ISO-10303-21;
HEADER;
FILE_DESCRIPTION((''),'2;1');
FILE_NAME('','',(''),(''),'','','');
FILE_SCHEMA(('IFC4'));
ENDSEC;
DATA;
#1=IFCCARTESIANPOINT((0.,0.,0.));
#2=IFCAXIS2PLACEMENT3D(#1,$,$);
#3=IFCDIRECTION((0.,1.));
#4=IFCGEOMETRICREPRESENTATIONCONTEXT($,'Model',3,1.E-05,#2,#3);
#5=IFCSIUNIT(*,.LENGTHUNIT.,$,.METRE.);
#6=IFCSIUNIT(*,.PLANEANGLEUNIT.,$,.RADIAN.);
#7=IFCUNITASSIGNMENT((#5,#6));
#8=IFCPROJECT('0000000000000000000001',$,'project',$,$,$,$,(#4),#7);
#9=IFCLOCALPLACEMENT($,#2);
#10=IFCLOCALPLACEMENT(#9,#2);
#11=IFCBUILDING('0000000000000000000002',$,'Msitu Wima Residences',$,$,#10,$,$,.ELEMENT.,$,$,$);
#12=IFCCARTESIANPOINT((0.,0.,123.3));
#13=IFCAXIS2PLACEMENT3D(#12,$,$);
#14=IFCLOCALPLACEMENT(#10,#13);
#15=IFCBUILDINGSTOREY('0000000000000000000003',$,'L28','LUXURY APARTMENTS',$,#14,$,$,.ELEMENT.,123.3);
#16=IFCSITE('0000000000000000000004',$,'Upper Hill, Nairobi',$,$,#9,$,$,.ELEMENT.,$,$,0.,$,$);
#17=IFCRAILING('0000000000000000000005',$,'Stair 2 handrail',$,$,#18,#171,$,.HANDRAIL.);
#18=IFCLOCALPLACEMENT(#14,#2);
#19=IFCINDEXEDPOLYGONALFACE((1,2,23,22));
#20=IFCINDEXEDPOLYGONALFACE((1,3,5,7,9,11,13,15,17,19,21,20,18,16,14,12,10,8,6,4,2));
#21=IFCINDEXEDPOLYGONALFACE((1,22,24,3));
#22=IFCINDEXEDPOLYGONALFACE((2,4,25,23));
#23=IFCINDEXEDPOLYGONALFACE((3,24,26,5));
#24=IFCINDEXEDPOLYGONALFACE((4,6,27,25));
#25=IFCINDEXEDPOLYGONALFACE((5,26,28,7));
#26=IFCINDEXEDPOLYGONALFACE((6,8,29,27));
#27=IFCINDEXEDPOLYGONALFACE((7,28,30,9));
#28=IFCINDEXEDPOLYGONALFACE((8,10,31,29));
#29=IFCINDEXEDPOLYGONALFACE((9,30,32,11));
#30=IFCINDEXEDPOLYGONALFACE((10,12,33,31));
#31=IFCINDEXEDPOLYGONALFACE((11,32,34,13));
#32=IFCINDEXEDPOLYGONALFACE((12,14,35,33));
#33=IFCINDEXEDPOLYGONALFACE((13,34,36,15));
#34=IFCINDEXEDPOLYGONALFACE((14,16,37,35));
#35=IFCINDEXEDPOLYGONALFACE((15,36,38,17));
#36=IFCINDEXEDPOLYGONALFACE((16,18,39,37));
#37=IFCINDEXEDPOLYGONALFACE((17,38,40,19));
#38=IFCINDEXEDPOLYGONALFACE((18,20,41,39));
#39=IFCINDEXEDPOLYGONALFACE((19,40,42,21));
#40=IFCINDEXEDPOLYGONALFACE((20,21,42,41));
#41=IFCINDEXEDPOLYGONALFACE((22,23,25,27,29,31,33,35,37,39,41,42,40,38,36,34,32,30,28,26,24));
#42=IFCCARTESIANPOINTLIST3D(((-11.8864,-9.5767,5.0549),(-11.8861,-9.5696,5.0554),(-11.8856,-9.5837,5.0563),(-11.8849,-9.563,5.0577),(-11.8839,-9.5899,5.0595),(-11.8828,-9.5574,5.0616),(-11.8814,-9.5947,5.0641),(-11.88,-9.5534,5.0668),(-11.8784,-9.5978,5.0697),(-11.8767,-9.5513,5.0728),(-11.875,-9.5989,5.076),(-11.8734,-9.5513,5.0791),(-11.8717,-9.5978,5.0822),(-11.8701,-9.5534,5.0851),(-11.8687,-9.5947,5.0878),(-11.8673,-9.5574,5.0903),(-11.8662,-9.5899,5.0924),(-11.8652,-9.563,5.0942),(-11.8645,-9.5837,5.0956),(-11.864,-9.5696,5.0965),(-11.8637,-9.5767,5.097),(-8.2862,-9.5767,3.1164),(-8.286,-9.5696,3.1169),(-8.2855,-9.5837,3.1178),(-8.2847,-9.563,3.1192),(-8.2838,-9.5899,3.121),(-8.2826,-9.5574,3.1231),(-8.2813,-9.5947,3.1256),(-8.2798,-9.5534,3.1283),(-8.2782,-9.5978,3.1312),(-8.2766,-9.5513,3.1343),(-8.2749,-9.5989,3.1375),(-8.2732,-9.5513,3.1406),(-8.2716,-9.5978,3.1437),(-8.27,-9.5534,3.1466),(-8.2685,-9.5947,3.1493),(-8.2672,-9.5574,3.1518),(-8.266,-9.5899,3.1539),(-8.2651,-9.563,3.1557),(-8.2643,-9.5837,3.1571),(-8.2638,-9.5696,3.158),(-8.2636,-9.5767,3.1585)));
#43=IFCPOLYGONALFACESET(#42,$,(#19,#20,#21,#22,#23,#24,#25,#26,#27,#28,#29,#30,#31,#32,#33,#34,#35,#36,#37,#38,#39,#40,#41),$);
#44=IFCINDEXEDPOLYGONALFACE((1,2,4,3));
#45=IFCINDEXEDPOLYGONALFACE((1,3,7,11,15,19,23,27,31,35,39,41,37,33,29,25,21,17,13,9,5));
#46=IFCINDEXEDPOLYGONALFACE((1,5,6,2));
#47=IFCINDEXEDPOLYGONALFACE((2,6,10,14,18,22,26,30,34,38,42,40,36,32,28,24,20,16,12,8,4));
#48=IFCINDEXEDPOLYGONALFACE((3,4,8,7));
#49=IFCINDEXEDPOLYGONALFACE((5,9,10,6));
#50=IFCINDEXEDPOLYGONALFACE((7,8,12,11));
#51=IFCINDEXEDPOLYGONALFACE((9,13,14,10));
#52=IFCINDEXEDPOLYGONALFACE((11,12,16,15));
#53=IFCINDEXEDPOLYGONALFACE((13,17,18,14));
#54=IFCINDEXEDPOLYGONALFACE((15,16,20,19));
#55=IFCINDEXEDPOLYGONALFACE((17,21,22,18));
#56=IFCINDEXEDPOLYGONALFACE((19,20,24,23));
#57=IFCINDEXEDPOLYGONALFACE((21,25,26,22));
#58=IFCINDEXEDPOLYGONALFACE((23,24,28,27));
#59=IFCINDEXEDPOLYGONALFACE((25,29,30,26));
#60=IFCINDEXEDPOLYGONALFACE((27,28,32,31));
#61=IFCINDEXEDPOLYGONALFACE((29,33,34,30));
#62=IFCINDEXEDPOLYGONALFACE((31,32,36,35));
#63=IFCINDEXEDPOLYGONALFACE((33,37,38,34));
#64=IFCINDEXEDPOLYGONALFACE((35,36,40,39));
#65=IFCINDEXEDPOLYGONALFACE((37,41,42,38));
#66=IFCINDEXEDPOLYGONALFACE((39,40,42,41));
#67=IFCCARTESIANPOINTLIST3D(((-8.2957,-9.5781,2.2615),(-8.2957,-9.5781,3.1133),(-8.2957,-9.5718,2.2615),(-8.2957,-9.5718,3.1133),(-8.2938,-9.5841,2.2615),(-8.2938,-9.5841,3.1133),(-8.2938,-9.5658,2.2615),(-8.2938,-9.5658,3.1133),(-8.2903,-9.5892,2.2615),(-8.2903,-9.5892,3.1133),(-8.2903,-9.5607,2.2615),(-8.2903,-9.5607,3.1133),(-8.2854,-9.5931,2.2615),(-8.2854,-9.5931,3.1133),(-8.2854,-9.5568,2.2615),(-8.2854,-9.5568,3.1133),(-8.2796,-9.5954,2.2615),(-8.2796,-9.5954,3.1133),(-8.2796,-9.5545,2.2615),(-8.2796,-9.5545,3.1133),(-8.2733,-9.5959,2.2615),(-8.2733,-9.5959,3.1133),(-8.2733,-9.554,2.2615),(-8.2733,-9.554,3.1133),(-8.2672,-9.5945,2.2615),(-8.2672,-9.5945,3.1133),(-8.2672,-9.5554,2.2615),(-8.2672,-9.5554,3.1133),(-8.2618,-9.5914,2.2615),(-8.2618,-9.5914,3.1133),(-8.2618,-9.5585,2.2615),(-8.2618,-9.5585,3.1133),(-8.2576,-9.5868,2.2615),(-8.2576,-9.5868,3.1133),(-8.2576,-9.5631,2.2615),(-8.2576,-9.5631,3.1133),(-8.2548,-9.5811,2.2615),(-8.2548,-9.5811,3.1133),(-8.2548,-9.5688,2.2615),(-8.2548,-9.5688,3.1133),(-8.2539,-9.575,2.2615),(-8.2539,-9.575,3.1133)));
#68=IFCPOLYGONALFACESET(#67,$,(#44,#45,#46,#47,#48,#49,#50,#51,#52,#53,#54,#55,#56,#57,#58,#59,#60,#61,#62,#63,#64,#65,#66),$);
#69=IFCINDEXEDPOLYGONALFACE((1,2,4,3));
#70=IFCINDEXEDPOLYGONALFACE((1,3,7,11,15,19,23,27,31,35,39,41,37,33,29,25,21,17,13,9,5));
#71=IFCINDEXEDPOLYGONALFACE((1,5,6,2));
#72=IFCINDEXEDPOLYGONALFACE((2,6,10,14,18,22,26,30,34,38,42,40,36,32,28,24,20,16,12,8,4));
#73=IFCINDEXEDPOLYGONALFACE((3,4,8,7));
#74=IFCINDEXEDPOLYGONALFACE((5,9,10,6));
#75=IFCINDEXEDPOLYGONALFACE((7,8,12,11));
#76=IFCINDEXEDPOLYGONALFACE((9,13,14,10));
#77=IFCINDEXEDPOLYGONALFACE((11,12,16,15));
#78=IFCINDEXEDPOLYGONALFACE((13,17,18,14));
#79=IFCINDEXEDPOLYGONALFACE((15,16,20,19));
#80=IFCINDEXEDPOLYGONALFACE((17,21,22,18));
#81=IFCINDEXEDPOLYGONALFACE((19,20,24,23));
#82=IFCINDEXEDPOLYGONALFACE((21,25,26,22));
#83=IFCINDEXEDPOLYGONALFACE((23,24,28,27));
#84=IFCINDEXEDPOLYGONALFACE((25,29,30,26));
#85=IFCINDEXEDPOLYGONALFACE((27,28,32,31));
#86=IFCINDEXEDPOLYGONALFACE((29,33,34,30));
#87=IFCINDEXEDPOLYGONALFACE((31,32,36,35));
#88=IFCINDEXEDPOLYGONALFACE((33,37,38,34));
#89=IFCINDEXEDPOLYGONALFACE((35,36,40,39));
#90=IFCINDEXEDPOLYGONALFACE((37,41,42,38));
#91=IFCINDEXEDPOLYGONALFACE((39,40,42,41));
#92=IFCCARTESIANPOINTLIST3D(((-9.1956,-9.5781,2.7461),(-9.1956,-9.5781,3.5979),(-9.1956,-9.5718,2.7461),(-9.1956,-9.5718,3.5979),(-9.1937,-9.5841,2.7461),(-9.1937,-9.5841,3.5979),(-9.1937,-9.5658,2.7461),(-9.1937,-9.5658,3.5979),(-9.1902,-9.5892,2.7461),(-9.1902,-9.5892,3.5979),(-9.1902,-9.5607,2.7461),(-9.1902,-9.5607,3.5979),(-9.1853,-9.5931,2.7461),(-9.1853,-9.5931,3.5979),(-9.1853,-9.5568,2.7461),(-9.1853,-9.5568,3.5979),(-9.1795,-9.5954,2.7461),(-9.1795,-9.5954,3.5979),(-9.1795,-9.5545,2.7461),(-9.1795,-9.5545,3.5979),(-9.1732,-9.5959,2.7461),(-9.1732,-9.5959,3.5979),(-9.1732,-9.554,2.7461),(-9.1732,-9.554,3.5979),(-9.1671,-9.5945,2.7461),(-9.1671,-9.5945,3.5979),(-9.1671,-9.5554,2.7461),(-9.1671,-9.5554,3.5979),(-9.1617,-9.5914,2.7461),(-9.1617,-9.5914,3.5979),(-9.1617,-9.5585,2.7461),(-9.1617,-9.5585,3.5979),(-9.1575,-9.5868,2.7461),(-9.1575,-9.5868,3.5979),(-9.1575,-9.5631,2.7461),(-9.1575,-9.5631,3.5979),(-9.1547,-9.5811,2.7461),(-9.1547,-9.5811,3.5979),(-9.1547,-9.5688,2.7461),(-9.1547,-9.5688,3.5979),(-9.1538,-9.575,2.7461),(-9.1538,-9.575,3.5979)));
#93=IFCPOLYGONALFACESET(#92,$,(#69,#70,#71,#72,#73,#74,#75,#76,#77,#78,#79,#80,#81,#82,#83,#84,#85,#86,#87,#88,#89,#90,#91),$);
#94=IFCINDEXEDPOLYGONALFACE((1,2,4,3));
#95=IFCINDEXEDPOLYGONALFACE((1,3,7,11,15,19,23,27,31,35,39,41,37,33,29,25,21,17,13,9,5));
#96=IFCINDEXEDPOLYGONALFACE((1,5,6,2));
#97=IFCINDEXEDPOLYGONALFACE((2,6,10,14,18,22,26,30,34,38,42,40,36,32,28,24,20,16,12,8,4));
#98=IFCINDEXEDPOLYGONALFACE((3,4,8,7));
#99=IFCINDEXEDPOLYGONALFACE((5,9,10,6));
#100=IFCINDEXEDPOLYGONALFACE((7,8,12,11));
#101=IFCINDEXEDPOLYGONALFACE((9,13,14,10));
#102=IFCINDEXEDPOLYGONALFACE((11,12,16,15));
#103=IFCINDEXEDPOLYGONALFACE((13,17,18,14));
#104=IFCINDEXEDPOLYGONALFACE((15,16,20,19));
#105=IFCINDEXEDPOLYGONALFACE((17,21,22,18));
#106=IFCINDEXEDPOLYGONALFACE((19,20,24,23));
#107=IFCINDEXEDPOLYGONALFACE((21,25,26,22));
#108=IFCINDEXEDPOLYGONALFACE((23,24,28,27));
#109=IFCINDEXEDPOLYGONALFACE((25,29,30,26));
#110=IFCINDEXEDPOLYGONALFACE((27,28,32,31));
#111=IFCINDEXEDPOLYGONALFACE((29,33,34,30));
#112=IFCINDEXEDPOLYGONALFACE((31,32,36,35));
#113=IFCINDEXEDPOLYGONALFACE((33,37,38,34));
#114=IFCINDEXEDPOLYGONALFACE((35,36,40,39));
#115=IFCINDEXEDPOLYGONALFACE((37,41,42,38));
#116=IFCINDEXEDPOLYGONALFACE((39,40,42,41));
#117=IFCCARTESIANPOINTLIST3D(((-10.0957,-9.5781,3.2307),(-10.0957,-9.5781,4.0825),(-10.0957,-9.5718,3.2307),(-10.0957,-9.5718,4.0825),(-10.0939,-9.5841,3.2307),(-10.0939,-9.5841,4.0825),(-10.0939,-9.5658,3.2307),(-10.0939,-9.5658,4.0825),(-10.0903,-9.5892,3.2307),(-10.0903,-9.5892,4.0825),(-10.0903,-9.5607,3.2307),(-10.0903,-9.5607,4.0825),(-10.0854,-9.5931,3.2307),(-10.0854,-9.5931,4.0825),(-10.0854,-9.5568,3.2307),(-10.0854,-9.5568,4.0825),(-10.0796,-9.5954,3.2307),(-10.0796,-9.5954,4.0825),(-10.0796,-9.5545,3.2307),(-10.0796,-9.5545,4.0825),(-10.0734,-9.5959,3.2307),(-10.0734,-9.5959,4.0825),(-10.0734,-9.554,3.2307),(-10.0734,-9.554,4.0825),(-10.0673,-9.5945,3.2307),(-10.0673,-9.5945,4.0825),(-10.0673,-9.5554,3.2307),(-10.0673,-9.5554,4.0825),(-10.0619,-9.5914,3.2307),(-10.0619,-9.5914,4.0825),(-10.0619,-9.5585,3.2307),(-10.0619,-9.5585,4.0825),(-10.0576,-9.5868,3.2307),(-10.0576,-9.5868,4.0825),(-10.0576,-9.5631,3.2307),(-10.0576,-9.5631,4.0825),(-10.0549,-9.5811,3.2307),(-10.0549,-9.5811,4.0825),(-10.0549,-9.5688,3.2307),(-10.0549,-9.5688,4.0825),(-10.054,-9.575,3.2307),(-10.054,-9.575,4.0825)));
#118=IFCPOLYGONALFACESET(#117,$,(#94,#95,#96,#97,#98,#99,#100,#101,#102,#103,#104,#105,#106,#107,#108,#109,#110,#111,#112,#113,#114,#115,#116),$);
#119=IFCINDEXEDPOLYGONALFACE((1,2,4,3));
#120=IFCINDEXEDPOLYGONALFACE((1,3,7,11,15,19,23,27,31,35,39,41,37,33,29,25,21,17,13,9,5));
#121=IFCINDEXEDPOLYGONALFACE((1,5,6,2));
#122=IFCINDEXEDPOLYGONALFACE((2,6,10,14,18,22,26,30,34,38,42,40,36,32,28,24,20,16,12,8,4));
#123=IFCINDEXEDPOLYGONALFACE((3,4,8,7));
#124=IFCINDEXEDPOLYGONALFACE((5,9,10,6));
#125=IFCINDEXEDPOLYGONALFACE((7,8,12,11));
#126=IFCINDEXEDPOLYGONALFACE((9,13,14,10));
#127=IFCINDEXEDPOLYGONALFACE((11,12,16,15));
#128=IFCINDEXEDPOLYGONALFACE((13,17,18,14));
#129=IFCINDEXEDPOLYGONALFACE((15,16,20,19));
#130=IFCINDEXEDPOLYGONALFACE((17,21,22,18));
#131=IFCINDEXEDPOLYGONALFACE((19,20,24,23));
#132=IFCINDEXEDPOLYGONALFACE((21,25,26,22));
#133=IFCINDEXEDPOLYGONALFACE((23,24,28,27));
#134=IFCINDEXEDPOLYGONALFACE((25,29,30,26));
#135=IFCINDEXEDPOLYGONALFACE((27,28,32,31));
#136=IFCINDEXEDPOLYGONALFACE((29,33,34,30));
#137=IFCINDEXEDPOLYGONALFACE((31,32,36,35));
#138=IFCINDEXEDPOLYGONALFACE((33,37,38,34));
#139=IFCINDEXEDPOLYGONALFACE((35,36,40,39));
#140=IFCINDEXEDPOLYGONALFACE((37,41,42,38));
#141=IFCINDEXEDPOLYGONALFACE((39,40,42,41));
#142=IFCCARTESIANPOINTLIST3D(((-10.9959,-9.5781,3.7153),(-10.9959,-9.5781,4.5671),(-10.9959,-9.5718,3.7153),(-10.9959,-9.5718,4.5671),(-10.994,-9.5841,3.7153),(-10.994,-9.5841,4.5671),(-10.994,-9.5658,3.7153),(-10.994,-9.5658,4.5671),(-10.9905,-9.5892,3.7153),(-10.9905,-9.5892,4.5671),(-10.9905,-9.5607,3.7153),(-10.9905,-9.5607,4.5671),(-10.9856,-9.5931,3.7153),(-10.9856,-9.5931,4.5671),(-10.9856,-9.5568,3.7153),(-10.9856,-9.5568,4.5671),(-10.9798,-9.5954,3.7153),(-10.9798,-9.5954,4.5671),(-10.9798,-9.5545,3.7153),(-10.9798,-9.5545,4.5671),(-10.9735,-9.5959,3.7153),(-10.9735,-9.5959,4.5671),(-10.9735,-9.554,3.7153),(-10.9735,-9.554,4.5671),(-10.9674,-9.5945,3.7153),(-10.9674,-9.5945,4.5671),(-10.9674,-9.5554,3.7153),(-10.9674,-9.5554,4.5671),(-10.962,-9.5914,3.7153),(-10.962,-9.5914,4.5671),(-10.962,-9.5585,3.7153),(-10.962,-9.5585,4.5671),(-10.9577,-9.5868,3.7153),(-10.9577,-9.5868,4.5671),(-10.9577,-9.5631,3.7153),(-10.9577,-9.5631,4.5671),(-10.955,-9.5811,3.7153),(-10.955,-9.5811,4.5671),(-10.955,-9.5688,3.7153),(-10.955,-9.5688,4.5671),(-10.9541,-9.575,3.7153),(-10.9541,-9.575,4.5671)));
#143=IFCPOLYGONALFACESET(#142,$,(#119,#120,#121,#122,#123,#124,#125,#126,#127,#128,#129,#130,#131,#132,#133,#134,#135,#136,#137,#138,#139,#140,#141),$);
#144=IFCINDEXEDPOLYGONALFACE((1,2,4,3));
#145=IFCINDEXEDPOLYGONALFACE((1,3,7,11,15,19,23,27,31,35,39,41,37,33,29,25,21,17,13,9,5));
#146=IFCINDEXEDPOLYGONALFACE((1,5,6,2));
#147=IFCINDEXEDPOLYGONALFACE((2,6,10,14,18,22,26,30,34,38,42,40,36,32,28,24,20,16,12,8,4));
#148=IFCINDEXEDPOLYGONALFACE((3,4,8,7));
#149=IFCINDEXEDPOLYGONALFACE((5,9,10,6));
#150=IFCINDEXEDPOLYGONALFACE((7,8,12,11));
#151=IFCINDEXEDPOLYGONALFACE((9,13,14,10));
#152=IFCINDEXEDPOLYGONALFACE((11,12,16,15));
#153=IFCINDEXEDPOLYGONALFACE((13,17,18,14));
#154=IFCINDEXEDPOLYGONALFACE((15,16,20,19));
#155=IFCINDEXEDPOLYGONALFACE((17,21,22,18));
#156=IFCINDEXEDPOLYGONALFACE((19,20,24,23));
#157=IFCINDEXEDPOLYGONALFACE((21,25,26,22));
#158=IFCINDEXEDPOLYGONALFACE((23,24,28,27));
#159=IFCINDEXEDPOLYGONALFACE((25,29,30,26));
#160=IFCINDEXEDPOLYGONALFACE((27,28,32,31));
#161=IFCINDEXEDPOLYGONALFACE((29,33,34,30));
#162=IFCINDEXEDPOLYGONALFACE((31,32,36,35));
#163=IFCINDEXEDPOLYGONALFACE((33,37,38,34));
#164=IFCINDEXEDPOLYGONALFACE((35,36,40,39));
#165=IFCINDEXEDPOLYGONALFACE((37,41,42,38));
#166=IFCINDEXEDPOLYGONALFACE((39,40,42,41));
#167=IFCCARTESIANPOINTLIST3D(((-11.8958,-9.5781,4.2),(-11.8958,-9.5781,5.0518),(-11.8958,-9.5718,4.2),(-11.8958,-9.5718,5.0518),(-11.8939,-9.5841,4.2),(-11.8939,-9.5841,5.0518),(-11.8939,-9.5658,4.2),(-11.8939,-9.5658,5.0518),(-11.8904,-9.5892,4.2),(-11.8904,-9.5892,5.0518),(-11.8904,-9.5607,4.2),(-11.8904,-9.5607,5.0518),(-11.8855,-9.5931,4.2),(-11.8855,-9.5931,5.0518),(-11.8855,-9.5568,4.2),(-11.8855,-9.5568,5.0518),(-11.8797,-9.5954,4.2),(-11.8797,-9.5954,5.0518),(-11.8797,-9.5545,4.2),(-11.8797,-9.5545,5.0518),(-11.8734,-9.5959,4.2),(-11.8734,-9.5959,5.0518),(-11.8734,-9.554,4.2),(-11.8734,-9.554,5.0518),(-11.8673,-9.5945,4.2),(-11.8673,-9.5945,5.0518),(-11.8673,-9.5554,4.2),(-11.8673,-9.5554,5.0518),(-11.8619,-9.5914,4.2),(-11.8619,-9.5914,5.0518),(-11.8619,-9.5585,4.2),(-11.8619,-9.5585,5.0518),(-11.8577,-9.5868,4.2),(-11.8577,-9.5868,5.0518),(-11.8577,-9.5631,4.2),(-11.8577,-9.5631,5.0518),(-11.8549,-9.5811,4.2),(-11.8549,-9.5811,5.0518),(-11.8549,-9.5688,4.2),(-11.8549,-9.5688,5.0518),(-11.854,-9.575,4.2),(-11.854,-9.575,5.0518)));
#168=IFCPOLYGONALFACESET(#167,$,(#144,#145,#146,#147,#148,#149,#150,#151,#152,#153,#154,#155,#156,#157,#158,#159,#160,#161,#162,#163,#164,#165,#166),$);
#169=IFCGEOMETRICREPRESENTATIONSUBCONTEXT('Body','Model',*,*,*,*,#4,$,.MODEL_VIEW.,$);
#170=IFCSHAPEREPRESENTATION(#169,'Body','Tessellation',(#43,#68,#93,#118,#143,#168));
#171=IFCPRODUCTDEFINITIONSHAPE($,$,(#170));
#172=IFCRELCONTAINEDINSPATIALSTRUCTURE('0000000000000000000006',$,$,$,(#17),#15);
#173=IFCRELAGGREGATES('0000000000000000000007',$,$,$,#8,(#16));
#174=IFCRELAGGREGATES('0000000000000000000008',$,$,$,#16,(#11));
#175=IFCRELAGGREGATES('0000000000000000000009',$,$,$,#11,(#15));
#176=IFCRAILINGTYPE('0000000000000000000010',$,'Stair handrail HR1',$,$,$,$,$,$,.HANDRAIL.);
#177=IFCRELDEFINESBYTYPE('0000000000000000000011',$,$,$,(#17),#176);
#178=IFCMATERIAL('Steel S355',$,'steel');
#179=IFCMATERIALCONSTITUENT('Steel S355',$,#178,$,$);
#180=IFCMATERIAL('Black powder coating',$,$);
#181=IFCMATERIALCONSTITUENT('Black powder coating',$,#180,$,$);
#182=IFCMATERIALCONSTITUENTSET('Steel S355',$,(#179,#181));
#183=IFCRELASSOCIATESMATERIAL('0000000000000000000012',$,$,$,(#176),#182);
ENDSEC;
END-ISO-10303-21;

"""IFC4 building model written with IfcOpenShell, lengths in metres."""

from ifc_helpers import new_model, si_unit, direction, frame, origin, origin_2d, place, context, subcontext, project, spatial, circle, extrude, material, constituent, constituent_set, type_object, element, save


model = new_model("IFC4")

# Units and contexts
model_context = context("Model", 3, precision=1e-05, world=origin(), true_north=direction((0.0, 1.0)))
body_context = subcontext(model_context, "Body", "Model", "MODEL_VIEW")
ifc_project = project(units=[si_unit("LENGTHUNIT", "METRE"), si_unit("PLANEANGLEUNIT", "RADIAN")], contexts=[model_context])

# Site, building, storey
site_placement = place(None, origin())
site = spatial("IfcSite", under=ifc_project, at=site_placement, Name="Upper Hill, Nairobi", CompositionType="ELEMENT", RefElevation=0.0)
building_placement = place(site_placement, origin())
building = spatial("IfcBuilding", under=site, at=building_placement, Name="Msitu Wima Residences", CompositionType="ELEMENT")
storey_placement = place(building_placement, frame((0.0, 0.0, 123.3)))
storey = spatial("IfcBuildingStorey", under=building, at=storey_placement, Name="L28", Description="LUXURY APARTMENTS", CompositionType="ELEMENT", Elevation=123.3)

# Railing
ifc_material_1 = material(Name="Steel S355", Category="steel")
ifc_constituent_1 = constituent(ifc_material_1, Name="Steel S355")
ifc_material_2 = material(Name="Black powder coating")
ifc_constituent_2 = constituent(ifc_material_2, Name="Black powder coating")
ifc_constituent_set = constituent_set(constituents=[ifc_constituent_1, ifc_constituent_2], Name="Steel S355")
railing_type = type_object("IfcRailingType", Name="Stair handrail HR1", PredefinedType="HANDRAIL", material=ifc_constituent_set)
for number, where, name in (
    (1, (-8.2749, -9.575, 2.2615), "Stair 2 handrail"),
):
    element("IfcRailing", number, at=place(storey_placement, frame(where)), inside=storey, type_object=railing_type, Name=name, PredefinedType="HANDRAIL", context=body_context, shape_type="SweptSolid", body=[
        extrude(circle(Radius=0.0239, at=origin_2d()), frame((0.0, 0.0, 0.876), z_axis=(-0.880475, 0.0, 0.474093), x_axis=(0.0, -1.0, 0.0)), (0.0, 0.0, 1.0), 4.0889),
        extrude(circle(Radius=0.021, at=origin_2d()), origin(), (0.0, 0.0, 1.0), 0.8518),
        extrude(circle(Radius=0.021, at=origin_2d()), frame((-0.8999, 0.0, 0.4846)), (0.0, 0.0, 1.0), 0.8518),
        extrude(circle(Radius=0.021, at=origin_2d()), frame((-1.8, 0.0, 0.9692)), (0.0, 0.0, 1.0), 0.8518),
        extrude(circle(Radius=0.021, at=origin_2d()), frame((-2.7002, 0.0, 1.4539)), (0.0, 0.0, 1.0), 0.8518),
        extrude(circle(Radius=0.021, at=origin_2d()), frame((-3.6001, 0.0, 1.9385)), (0.0, 0.0, 1.0), 0.8518),
    ])

save(model, "model.ifc")
